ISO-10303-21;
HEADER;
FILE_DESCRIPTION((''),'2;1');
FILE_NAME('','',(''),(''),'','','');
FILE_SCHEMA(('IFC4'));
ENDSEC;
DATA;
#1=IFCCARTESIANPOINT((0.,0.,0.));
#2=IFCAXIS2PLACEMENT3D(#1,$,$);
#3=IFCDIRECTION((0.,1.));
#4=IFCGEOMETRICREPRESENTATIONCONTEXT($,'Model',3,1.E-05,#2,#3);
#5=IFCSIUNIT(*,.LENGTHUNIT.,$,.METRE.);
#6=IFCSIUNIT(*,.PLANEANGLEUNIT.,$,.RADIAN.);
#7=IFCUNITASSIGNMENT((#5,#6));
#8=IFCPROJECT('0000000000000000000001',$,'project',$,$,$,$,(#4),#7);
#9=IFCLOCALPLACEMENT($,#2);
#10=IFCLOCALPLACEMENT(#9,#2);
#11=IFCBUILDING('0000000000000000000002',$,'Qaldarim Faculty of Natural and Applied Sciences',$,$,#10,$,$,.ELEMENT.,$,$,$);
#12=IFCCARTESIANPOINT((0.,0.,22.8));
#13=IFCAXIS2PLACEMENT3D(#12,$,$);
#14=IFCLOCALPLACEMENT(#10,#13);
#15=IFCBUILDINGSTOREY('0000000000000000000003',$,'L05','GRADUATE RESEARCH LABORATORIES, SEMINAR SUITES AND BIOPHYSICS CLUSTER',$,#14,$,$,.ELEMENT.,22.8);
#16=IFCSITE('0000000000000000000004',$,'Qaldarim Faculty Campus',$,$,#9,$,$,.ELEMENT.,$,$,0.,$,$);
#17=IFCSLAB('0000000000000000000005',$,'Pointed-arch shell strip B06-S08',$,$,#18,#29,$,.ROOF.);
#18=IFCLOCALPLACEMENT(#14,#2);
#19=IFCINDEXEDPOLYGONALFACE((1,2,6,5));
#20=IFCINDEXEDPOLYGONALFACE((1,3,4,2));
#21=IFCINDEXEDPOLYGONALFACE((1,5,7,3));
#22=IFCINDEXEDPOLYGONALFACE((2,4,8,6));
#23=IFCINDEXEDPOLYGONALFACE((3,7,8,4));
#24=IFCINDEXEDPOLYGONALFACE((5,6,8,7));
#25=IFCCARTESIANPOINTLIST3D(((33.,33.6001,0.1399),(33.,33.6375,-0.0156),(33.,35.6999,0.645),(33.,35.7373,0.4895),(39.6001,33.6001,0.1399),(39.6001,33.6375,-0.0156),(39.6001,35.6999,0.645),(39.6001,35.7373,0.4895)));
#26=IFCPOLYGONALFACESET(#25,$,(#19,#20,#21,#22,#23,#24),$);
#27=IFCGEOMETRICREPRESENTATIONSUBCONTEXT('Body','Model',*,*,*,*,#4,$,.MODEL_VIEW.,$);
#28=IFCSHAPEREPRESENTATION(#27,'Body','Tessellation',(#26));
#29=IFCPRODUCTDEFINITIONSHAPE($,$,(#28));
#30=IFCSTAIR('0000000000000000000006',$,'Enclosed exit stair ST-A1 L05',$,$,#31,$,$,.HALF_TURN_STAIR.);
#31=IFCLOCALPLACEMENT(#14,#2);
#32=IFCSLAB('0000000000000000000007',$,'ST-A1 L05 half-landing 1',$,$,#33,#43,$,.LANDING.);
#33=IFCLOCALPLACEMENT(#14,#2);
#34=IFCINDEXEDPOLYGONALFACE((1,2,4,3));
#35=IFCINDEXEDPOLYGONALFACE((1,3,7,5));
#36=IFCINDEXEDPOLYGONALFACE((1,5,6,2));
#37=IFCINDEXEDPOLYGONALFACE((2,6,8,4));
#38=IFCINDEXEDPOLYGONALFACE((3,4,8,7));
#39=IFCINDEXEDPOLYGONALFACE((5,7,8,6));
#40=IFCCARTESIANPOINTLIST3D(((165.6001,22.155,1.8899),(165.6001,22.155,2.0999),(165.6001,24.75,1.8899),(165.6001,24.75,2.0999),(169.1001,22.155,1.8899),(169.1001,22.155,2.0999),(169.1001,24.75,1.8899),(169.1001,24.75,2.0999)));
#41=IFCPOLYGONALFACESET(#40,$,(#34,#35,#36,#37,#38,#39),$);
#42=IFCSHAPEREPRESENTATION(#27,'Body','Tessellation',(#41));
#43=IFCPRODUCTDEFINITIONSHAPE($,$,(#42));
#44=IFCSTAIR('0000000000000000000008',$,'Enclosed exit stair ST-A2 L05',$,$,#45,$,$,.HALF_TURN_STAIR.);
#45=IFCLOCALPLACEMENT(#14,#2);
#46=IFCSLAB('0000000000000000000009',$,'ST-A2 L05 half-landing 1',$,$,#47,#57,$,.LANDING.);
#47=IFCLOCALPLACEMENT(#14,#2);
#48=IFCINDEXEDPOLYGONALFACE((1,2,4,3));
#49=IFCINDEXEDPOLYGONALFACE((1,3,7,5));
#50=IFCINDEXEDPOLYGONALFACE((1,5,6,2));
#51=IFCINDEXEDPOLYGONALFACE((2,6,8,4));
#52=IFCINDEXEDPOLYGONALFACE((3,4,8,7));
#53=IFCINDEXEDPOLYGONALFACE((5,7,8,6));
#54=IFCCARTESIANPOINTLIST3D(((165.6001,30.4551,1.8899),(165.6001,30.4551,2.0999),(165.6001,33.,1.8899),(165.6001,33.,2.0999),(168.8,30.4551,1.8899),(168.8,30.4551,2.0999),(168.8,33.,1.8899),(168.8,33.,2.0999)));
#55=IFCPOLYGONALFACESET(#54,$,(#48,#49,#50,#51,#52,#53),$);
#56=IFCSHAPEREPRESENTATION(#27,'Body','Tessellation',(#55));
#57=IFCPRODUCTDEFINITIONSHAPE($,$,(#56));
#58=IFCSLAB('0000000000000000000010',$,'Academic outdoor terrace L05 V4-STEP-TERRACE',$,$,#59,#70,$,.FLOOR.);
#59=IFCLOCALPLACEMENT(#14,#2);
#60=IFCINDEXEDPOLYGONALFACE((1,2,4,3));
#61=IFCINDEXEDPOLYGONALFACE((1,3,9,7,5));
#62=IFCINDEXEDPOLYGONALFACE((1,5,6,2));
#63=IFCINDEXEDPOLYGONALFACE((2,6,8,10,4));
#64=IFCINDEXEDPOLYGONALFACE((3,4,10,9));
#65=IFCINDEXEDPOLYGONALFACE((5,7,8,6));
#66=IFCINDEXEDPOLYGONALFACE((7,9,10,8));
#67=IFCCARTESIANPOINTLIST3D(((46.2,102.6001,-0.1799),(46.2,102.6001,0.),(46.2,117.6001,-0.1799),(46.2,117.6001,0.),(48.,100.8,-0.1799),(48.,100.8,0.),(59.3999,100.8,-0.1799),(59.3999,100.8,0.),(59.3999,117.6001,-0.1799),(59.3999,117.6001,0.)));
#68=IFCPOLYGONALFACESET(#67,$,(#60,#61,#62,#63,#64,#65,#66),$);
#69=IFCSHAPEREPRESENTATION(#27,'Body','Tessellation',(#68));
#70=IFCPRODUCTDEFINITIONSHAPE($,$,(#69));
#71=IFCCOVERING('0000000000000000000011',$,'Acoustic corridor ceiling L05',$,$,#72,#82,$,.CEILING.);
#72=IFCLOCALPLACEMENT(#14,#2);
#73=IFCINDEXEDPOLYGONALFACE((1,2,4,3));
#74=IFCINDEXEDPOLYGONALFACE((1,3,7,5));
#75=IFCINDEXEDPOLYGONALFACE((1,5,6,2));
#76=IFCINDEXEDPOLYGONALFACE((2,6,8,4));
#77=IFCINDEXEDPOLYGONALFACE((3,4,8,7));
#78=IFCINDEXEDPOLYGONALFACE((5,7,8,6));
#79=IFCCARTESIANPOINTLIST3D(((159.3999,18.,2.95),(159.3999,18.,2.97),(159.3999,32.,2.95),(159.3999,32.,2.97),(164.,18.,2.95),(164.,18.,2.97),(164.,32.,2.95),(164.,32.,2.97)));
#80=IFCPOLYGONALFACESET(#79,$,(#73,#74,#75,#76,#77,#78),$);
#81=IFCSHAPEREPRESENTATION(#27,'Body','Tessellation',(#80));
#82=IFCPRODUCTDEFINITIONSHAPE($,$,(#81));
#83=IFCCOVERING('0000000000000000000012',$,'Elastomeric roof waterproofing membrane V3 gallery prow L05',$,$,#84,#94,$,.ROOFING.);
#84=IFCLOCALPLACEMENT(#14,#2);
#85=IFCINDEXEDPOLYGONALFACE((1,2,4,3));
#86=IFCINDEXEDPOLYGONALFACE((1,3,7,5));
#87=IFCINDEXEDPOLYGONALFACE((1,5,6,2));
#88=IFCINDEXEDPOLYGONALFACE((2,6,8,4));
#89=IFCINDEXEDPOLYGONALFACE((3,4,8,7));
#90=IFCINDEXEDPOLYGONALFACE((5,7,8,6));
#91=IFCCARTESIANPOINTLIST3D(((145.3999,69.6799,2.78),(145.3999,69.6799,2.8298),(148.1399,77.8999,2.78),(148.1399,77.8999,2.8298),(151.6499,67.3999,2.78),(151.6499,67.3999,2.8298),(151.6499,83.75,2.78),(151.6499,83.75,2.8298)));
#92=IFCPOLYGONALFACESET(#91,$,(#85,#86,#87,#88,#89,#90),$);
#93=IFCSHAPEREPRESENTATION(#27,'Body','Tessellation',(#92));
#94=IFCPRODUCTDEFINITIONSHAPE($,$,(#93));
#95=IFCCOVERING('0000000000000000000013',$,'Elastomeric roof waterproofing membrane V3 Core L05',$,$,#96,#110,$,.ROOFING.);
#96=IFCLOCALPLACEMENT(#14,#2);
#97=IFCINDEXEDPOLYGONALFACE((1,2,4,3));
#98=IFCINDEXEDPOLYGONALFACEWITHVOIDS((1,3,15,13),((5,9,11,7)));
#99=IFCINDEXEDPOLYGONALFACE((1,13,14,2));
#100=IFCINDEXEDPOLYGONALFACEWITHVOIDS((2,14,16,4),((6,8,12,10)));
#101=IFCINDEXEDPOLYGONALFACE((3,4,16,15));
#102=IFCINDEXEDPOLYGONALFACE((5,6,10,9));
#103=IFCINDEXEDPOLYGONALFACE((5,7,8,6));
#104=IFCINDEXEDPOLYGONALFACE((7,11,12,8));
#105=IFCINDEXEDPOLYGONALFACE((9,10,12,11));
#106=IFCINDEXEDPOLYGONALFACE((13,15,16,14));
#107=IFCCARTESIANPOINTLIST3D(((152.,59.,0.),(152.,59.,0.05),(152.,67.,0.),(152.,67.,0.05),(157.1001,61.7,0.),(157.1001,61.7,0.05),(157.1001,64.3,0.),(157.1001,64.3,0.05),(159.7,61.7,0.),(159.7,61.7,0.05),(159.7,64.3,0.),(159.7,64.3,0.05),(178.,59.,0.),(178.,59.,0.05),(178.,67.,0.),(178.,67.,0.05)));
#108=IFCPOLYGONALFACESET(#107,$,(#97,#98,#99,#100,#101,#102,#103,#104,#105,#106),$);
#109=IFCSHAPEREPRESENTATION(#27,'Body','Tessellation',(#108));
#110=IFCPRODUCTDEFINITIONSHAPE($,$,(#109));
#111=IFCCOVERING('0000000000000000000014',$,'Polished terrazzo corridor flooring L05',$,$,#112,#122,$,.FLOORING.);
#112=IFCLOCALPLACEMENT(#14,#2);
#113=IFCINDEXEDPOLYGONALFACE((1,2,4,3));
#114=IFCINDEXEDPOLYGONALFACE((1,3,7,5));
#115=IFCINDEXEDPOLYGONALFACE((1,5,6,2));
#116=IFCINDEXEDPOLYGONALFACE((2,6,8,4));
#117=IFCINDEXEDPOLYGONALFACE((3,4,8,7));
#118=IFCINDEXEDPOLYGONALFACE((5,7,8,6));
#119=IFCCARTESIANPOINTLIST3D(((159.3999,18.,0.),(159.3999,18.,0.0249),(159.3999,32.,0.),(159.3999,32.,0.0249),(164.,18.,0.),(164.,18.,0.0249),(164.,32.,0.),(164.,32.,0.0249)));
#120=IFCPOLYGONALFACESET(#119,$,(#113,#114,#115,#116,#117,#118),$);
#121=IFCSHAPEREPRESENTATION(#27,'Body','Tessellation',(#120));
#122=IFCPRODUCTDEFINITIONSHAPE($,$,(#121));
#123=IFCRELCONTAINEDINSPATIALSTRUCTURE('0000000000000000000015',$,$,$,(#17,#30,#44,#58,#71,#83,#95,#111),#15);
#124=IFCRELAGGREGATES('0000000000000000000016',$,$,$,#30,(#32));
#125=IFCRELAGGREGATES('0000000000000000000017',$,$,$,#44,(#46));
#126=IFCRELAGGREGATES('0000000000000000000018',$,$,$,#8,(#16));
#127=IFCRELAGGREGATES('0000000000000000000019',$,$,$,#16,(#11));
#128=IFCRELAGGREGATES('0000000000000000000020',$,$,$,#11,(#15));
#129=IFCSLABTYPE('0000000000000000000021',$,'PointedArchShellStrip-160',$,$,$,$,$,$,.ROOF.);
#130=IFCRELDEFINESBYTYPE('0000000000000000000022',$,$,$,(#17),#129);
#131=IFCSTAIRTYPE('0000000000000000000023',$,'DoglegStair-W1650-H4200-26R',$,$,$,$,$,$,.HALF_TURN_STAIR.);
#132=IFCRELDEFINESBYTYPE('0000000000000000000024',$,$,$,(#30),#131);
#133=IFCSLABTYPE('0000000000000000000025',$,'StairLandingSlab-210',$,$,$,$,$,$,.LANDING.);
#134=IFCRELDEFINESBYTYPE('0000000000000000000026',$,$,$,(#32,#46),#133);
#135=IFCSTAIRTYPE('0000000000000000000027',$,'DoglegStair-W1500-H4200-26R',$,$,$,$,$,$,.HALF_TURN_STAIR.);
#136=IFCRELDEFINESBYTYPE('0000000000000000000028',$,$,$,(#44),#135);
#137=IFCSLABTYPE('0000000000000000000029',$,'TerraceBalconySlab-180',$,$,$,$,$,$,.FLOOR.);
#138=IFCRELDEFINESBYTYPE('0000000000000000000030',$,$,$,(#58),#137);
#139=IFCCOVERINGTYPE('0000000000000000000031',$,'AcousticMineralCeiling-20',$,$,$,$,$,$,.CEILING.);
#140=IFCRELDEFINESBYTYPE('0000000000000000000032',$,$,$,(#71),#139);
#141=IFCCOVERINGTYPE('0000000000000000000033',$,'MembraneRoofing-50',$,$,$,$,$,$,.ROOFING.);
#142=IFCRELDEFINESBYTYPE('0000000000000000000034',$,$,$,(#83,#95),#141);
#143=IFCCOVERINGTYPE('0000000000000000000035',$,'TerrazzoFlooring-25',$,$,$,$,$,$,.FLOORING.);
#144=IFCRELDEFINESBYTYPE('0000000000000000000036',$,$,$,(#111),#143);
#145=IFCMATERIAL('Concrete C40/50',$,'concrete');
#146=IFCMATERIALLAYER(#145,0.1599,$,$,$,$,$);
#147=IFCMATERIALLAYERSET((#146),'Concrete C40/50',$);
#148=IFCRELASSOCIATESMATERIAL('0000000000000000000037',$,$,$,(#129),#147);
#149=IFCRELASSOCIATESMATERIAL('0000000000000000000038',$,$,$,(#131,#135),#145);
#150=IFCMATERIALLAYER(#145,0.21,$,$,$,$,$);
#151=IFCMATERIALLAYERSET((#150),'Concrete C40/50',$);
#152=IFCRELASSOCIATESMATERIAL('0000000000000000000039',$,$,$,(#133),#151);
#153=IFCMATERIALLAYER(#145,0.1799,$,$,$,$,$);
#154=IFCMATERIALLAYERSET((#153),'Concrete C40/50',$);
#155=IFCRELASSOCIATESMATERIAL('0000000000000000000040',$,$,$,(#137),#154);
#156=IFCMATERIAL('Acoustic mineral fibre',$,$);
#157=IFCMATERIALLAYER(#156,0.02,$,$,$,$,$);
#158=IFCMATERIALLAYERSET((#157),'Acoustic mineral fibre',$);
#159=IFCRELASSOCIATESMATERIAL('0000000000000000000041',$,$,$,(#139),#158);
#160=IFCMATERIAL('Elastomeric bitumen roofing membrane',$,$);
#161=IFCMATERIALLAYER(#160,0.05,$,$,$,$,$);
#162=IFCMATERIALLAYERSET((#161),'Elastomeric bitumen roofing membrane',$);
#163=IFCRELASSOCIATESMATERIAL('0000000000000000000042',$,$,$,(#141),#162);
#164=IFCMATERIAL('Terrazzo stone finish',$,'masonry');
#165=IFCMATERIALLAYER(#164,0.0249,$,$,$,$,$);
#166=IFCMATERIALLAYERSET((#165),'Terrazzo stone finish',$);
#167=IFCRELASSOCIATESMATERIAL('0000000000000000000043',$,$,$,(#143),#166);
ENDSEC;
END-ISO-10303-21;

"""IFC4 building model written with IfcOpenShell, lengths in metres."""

from ifc_helpers import new_model, si_unit, direction, frame, origin, place, context, subcontext, project, spatial, polyline, outline, extrude, material, layer, layer_set, type_object, element, aggregate, save


model = new_model("IFC4")

# Units and contexts
model_context = context("Model", 3, precision=1e-05, world=origin(), true_north=direction((0.0, 1.0)))
body_context = subcontext(model_context, "Body", "Model", "MODEL_VIEW")
ifc_project = project(units=[si_unit("LENGTHUNIT", "METRE"), si_unit("PLANEANGLEUNIT", "RADIAN")], contexts=[model_context])

# Site, building, storey
site_placement = place(None, origin())
site = spatial("IfcSite", under=ifc_project, at=site_placement, Name="Qaldarim Faculty Campus", CompositionType="ELEMENT", RefElevation=0.0)
building_placement = place(site_placement, origin())
building = spatial("IfcBuilding", under=site, at=building_placement, Name="Qaldarim Faculty of Natural and Applied Sciences", CompositionType="ELEMENT")
storey_placement = place(building_placement, frame((0.0, 0.0, 22.8)))
storey = spatial("IfcBuildingStorey", under=building, at=storey_placement, Name="L05", Description="GRADUATE RESEARCH LABORATORIES, SEMINAR SUITES AND BIOPHYSICS CLUSTER", CompositionType="ELEMENT", Elevation=22.8)

# Shared definitions
ifc_material_1 = material(Name="Concrete C40/50", Category="concrete")

# Slab
ifc_layer_1 = layer(ifc_material_1, 0.1599)
ifc_layer_set_1 = layer_set([ifc_layer_1], Name="Concrete C40/50")
slab_type_1 = type_object("IfcSlabType", Name="PointedArchShellStrip-160", PredefinedType="ROOF", material=ifc_layer_set_1)
slab_1_placement = place(storey_placement, frame((33.0, 33.6375, -0.0156), z_axis=(0.0, -0.233882, 0.972265), x_axis=(1.0, 0.0, 0.0)))
element("IfcSlab", 1, at=slab_1_placement, inside=storey, type_object=slab_type_1, Name="Pointed-arch shell strip B06-S08", PredefinedType="ROOF", context=body_context, shape_type="SweptSolid", body=[
    extrude(outline(polyline([(0.0, 0.0), (6.6001, 0.0), (6.6001, 2.1598), (0.0, 2.1598), (0.0, 0.0)])), origin(), (0.0, 0.0, 1.0), 0.1599),
])

# Stairs, slabs
stair_type_1 = type_object("IfcStairType", Name="DoglegStair-W1650-H4200-26R", PredefinedType="HALF_TURN_STAIR", material=ifc_material_1)
stair_1_placement = place(storey_placement, origin())
stair_1 = element("IfcStair", 2, at=stair_1_placement, inside=storey, type_object=stair_type_1, Name="Enclosed exit stair ST-A1 L05", PredefinedType="HALF_TURN_STAIR")
ifc_layer_2 = layer(ifc_material_1, 0.21)
ifc_layer_set_2 = layer_set([ifc_layer_2], Name="Concrete C40/50")
slab_type_2 = type_object("IfcSlabType", Name="StairLandingSlab-210", PredefinedType="LANDING", material=ifc_layer_set_2)
slab_2_placement = place(storey_placement, frame((0.0, 0.0, 1.8899)))
slab_2 = element("IfcSlab", 3, at=slab_2_placement, type_object=slab_type_2, Name="ST-A1 L05 half-landing 1", PredefinedType="LANDING", context=body_context, shape_type="SweptSolid", body=[
    extrude(outline(polyline([(169.1001, 22.155), (169.1001, 24.75), (165.6001, 24.75), (165.6001, 22.155), (169.1001, 22.155)])), origin(), (0.0, 0.0, 1.0), 0.21),
])
aggregate(stair_1, [slab_2])
stair_type_2 = type_object("IfcStairType", Name="DoglegStair-W1500-H4200-26R", PredefinedType="HALF_TURN_STAIR", material=ifc_material_1)
stair_2_placement = place(storey_placement, origin())
stair_2 = element("IfcStair", 4, at=stair_2_placement, inside=storey, type_object=stair_type_2, Name="Enclosed exit stair ST-A2 L05", PredefinedType="HALF_TURN_STAIR")
slab_3_placement = place(storey_placement, frame((0.0, 0.0, 1.8899)))
slab_3 = element("IfcSlab", 5, at=slab_3_placement, type_object=slab_type_2, Name="ST-A2 L05 half-landing 1", PredefinedType="LANDING", context=body_context, shape_type="SweptSolid", body=[
    extrude(outline(polyline([(168.8, 30.4551), (168.8, 33.0), (165.6001, 33.0), (165.6001, 30.4551), (168.8, 30.4551)])), origin(), (0.0, 0.0, 1.0), 0.21),
])
aggregate(stair_2, [slab_3])

# Slab
ifc_layer_3 = layer(ifc_material_1, 0.1799)
ifc_layer_set_3 = layer_set([ifc_layer_3], Name="Concrete C40/50")
slab_type_3 = type_object("IfcSlabType", Name="TerraceBalconySlab-180", PredefinedType="FLOOR", material=ifc_layer_set_3)
slab_4_placement = place(storey_placement, frame((0.0, 0.0, -0.1799)))
element("IfcSlab", 6, at=slab_4_placement, inside=storey, type_object=slab_type_3, Name="Academic outdoor terrace L05 V4-STEP-TERRACE", PredefinedType="FLOOR", context=body_context, shape_type="SweptSolid", body=[
    extrude(outline(polyline([(46.2, 102.6001), (48.0, 100.8), (59.3999, 100.8), (59.3999, 117.6001), (46.2, 117.6001), (46.2, 102.6001)])), origin(), (0.0, 0.0, 1.0), 0.1799),
])

# Coverings
ifc_material_2 = material(Name="Acoustic mineral fibre")
ifc_layer_4 = layer(ifc_material_2, 0.02)
ifc_layer_set_4 = layer_set([ifc_layer_4], Name="Acoustic mineral fibre")
covering_type_1 = type_object("IfcCoveringType", Name="AcousticMineralCeiling-20", PredefinedType="CEILING", material=ifc_layer_set_4)
covering_1_placement = place(storey_placement, frame((0.0, 0.0, 2.95)))
element("IfcCovering", 7, at=covering_1_placement, inside=storey, type_object=covering_type_1, Name="Acoustic corridor ceiling L05", PredefinedType="CEILING", context=body_context, shape_type="SweptSolid", body=[
    extrude(outline(polyline([(159.3999, 18.0), (164.0, 18.0), (164.0, 32.0), (159.3999, 32.0), (159.3999, 18.0)])), origin(), (0.0, 0.0, 1.0), 0.02),
])
ifc_material_3 = material(Name="Elastomeric bitumen roofing membrane")
ifc_layer_5 = layer(ifc_material_3, 0.05)
ifc_layer_set_5 = layer_set([ifc_layer_5], Name="Elastomeric bitumen roofing membrane")
covering_type_2 = type_object("IfcCoveringType", Name="MembraneRoofing-50", PredefinedType="ROOFING", material=ifc_layer_set_5)
covering_2_placement = place(storey_placement, frame((0.0, 0.0, 2.78)))
element("IfcCovering", 8, at=covering_2_placement, inside=storey, type_object=covering_type_2, Name="Elastomeric roof waterproofing membrane V3 gallery prow L05", PredefinedType="ROOFING", context=body_context, shape_type="SweptSolid", body=[
    extrude(outline(polyline([(151.6499, 67.3999), (145.3999, 69.6799), (148.1399, 77.8999), (151.6499, 83.75), (151.6499, 67.3999)])), origin(), (0.0, 0.0, 1.0), 0.0498),
])
covering_3_placement = place(storey_placement, origin())
element("IfcCovering", 9, at=covering_3_placement, inside=storey, type_object=covering_type_2, Name="Elastomeric roof waterproofing membrane V3 Core L05", PredefinedType="ROOFING", context=body_context, shape_type="SweptSolid", body=[
    extrude(outline(polyline([(152.0, 59.0), (178.0, 59.0), (178.0, 67.0), (152.0, 67.0), (152.0, 59.0)]), holes=[polyline([(157.1001, 61.7), (159.7, 61.7), (159.7, 64.3), (157.1001, 64.3), (157.1001, 61.7)])]), origin(), (0.0, 0.0, 1.0), 0.05),
])
ifc_material_4 = material(Name="Terrazzo stone finish", Category="masonry")
ifc_layer_6 = layer(ifc_material_4, 0.0249)
ifc_layer_set_6 = layer_set([ifc_layer_6], Name="Terrazzo stone finish")
covering_type_3 = type_object("IfcCoveringType", Name="TerrazzoFlooring-25", PredefinedType="FLOORING", material=ifc_layer_set_6)
covering_4_placement = place(storey_placement, origin())
element("IfcCovering", 10, at=covering_4_placement, inside=storey, type_object=covering_type_3, Name="Polished terrazzo corridor flooring L05", PredefinedType="FLOORING", context=body_context, shape_type="SweptSolid", body=[
    extrude(outline(polyline([(159.3999, 18.0), (164.0, 18.0), (164.0, 32.0), (159.3999, 32.0), (159.3999, 18.0)])), origin(), (0.0, 0.0, 1.0), 0.0249),
])

save(model, "model.ifc")
